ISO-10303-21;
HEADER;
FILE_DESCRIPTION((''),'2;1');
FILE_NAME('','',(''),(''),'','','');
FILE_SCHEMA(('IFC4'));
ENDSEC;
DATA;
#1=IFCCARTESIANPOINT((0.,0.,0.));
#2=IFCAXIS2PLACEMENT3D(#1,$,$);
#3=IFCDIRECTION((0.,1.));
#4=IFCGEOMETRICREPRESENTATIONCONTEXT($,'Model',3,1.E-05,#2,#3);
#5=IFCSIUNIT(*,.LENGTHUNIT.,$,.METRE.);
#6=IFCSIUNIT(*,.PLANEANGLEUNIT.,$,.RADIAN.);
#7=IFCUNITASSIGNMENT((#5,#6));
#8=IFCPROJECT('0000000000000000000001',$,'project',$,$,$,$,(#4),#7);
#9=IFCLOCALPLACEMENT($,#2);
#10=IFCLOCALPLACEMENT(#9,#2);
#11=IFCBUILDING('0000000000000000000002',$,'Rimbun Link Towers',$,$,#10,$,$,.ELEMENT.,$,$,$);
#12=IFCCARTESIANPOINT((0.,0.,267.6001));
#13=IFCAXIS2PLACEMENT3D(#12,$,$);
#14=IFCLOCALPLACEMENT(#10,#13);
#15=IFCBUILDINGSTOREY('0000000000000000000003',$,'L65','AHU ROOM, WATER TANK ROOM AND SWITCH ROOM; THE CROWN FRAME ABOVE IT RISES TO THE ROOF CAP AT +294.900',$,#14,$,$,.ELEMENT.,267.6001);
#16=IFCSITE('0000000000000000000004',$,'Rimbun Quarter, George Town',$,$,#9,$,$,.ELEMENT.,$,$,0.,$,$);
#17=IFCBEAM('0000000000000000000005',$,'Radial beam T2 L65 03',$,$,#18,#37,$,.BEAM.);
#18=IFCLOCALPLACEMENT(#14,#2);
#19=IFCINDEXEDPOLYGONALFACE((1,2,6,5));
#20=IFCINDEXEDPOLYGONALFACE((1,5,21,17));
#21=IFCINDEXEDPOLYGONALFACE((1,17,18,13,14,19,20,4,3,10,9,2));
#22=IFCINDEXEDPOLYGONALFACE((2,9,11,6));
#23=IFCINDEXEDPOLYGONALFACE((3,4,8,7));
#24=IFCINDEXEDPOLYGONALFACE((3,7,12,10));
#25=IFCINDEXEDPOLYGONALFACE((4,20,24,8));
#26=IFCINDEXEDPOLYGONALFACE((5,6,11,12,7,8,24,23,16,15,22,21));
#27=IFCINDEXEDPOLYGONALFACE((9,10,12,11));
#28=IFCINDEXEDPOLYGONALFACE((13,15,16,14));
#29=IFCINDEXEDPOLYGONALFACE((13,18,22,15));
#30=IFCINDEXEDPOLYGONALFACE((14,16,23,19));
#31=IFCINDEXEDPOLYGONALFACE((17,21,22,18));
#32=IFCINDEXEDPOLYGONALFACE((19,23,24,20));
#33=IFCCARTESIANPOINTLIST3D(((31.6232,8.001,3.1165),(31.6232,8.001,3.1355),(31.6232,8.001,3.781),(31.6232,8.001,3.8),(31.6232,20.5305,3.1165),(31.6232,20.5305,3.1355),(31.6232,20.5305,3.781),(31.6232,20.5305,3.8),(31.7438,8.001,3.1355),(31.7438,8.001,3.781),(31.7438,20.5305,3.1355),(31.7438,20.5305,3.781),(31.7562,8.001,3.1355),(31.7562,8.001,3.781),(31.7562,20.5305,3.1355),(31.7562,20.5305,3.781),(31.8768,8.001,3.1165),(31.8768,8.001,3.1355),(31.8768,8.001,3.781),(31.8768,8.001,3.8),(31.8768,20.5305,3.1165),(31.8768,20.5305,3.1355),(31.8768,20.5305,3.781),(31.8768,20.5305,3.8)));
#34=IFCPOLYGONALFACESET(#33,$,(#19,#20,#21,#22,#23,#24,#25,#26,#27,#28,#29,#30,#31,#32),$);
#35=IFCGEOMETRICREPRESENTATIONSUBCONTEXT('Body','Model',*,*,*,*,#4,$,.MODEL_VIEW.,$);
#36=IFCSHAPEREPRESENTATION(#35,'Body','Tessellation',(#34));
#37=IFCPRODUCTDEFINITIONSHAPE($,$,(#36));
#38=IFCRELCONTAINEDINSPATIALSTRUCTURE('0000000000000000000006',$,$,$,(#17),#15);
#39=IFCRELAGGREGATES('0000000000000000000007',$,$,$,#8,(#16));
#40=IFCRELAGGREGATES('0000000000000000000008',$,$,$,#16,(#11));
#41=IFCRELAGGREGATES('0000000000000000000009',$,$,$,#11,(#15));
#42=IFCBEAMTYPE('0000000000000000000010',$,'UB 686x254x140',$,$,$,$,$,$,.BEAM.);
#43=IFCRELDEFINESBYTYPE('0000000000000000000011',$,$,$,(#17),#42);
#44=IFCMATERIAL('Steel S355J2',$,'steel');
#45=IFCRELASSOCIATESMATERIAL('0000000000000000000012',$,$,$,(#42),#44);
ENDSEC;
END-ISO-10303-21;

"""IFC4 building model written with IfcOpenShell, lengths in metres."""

from ifc_helpers import new_model, si_unit, direction, frame, origin, origin_2d, place, context, subcontext, project, spatial, i_section, extrude, material, material_profile, profile_set, type_object, element, save


model = new_model("IFC4")

# Units and contexts
model_context = context("Model", 3, precision=1e-05, world=origin(), true_north=direction((0.0, 1.0)))
body_context = subcontext(model_context, "Body", "Model", "MODEL_VIEW")
ifc_project = project(units=[si_unit("LENGTHUNIT", "METRE"), si_unit("PLANEANGLEUNIT", "RADIAN")], contexts=[model_context])

# Site, building, storey
site_placement = place(None, origin())
site = spatial("IfcSite", under=ifc_project, at=site_placement, Name="Rimbun Quarter, George Town", CompositionType="ELEMENT", RefElevation=0.0)
building_placement = place(site_placement, origin())
building = spatial("IfcBuilding", under=site, at=building_placement, Name="Rimbun Link Towers", CompositionType="ELEMENT")
storey_placement = place(building_placement, frame((0.0, 0.0, 267.6001)))
storey = spatial("IfcBuildingStorey", under=building, at=storey_placement, Name="L65", Description="AHU ROOM, WATER TANK ROOM AND SWITCH ROOM; THE CROWN FRAME ABOVE IT RISES TO THE ROOF CAP AT +294.900", CompositionType="ELEMENT", Elevation=267.6001)

# Beam
ifc_material_1 = material(Name="Steel S355J2", Category="steel")
ifc_material_profile_1 = material_profile(ifc_material_1, i_section(OverallWidth=0.2537, OverallDepth=0.6836, WebThickness=0.0125, FlangeThickness=0.019, at=origin_2d()), Name="UB 686x254x140")
ifc_profile_set_1 = profile_set([ifc_material_profile_1], Name="Steel S355J2")
beam_type_1 = type_object("IfcBeamType", Name="UB 686x254x140", PredefinedType="BEAM", material=ifc_profile_set_1)
beam_1_placement = place(storey_placement, frame((31.75, 8.001, 3.4583), z_axis=(0.0, 1.0, 0.0), x_axis=(-1.0, 0.0, 0.0)))
element("IfcBeam", 1, at=beam_1_placement, inside=storey, type_object=beam_type_1, Name="Radial beam T2 L65 03", PredefinedType="BEAM", context=body_context, shape_type="SweptSolid", body=[
    extrude(i_section(OverallWidth=0.2537, OverallDepth=0.6836, WebThickness=0.0125, FlangeThickness=0.019, at=origin_2d()), origin(), (0.0, 0.0, 1.0), 12.5295),
])

save(model, "model.ifc")
